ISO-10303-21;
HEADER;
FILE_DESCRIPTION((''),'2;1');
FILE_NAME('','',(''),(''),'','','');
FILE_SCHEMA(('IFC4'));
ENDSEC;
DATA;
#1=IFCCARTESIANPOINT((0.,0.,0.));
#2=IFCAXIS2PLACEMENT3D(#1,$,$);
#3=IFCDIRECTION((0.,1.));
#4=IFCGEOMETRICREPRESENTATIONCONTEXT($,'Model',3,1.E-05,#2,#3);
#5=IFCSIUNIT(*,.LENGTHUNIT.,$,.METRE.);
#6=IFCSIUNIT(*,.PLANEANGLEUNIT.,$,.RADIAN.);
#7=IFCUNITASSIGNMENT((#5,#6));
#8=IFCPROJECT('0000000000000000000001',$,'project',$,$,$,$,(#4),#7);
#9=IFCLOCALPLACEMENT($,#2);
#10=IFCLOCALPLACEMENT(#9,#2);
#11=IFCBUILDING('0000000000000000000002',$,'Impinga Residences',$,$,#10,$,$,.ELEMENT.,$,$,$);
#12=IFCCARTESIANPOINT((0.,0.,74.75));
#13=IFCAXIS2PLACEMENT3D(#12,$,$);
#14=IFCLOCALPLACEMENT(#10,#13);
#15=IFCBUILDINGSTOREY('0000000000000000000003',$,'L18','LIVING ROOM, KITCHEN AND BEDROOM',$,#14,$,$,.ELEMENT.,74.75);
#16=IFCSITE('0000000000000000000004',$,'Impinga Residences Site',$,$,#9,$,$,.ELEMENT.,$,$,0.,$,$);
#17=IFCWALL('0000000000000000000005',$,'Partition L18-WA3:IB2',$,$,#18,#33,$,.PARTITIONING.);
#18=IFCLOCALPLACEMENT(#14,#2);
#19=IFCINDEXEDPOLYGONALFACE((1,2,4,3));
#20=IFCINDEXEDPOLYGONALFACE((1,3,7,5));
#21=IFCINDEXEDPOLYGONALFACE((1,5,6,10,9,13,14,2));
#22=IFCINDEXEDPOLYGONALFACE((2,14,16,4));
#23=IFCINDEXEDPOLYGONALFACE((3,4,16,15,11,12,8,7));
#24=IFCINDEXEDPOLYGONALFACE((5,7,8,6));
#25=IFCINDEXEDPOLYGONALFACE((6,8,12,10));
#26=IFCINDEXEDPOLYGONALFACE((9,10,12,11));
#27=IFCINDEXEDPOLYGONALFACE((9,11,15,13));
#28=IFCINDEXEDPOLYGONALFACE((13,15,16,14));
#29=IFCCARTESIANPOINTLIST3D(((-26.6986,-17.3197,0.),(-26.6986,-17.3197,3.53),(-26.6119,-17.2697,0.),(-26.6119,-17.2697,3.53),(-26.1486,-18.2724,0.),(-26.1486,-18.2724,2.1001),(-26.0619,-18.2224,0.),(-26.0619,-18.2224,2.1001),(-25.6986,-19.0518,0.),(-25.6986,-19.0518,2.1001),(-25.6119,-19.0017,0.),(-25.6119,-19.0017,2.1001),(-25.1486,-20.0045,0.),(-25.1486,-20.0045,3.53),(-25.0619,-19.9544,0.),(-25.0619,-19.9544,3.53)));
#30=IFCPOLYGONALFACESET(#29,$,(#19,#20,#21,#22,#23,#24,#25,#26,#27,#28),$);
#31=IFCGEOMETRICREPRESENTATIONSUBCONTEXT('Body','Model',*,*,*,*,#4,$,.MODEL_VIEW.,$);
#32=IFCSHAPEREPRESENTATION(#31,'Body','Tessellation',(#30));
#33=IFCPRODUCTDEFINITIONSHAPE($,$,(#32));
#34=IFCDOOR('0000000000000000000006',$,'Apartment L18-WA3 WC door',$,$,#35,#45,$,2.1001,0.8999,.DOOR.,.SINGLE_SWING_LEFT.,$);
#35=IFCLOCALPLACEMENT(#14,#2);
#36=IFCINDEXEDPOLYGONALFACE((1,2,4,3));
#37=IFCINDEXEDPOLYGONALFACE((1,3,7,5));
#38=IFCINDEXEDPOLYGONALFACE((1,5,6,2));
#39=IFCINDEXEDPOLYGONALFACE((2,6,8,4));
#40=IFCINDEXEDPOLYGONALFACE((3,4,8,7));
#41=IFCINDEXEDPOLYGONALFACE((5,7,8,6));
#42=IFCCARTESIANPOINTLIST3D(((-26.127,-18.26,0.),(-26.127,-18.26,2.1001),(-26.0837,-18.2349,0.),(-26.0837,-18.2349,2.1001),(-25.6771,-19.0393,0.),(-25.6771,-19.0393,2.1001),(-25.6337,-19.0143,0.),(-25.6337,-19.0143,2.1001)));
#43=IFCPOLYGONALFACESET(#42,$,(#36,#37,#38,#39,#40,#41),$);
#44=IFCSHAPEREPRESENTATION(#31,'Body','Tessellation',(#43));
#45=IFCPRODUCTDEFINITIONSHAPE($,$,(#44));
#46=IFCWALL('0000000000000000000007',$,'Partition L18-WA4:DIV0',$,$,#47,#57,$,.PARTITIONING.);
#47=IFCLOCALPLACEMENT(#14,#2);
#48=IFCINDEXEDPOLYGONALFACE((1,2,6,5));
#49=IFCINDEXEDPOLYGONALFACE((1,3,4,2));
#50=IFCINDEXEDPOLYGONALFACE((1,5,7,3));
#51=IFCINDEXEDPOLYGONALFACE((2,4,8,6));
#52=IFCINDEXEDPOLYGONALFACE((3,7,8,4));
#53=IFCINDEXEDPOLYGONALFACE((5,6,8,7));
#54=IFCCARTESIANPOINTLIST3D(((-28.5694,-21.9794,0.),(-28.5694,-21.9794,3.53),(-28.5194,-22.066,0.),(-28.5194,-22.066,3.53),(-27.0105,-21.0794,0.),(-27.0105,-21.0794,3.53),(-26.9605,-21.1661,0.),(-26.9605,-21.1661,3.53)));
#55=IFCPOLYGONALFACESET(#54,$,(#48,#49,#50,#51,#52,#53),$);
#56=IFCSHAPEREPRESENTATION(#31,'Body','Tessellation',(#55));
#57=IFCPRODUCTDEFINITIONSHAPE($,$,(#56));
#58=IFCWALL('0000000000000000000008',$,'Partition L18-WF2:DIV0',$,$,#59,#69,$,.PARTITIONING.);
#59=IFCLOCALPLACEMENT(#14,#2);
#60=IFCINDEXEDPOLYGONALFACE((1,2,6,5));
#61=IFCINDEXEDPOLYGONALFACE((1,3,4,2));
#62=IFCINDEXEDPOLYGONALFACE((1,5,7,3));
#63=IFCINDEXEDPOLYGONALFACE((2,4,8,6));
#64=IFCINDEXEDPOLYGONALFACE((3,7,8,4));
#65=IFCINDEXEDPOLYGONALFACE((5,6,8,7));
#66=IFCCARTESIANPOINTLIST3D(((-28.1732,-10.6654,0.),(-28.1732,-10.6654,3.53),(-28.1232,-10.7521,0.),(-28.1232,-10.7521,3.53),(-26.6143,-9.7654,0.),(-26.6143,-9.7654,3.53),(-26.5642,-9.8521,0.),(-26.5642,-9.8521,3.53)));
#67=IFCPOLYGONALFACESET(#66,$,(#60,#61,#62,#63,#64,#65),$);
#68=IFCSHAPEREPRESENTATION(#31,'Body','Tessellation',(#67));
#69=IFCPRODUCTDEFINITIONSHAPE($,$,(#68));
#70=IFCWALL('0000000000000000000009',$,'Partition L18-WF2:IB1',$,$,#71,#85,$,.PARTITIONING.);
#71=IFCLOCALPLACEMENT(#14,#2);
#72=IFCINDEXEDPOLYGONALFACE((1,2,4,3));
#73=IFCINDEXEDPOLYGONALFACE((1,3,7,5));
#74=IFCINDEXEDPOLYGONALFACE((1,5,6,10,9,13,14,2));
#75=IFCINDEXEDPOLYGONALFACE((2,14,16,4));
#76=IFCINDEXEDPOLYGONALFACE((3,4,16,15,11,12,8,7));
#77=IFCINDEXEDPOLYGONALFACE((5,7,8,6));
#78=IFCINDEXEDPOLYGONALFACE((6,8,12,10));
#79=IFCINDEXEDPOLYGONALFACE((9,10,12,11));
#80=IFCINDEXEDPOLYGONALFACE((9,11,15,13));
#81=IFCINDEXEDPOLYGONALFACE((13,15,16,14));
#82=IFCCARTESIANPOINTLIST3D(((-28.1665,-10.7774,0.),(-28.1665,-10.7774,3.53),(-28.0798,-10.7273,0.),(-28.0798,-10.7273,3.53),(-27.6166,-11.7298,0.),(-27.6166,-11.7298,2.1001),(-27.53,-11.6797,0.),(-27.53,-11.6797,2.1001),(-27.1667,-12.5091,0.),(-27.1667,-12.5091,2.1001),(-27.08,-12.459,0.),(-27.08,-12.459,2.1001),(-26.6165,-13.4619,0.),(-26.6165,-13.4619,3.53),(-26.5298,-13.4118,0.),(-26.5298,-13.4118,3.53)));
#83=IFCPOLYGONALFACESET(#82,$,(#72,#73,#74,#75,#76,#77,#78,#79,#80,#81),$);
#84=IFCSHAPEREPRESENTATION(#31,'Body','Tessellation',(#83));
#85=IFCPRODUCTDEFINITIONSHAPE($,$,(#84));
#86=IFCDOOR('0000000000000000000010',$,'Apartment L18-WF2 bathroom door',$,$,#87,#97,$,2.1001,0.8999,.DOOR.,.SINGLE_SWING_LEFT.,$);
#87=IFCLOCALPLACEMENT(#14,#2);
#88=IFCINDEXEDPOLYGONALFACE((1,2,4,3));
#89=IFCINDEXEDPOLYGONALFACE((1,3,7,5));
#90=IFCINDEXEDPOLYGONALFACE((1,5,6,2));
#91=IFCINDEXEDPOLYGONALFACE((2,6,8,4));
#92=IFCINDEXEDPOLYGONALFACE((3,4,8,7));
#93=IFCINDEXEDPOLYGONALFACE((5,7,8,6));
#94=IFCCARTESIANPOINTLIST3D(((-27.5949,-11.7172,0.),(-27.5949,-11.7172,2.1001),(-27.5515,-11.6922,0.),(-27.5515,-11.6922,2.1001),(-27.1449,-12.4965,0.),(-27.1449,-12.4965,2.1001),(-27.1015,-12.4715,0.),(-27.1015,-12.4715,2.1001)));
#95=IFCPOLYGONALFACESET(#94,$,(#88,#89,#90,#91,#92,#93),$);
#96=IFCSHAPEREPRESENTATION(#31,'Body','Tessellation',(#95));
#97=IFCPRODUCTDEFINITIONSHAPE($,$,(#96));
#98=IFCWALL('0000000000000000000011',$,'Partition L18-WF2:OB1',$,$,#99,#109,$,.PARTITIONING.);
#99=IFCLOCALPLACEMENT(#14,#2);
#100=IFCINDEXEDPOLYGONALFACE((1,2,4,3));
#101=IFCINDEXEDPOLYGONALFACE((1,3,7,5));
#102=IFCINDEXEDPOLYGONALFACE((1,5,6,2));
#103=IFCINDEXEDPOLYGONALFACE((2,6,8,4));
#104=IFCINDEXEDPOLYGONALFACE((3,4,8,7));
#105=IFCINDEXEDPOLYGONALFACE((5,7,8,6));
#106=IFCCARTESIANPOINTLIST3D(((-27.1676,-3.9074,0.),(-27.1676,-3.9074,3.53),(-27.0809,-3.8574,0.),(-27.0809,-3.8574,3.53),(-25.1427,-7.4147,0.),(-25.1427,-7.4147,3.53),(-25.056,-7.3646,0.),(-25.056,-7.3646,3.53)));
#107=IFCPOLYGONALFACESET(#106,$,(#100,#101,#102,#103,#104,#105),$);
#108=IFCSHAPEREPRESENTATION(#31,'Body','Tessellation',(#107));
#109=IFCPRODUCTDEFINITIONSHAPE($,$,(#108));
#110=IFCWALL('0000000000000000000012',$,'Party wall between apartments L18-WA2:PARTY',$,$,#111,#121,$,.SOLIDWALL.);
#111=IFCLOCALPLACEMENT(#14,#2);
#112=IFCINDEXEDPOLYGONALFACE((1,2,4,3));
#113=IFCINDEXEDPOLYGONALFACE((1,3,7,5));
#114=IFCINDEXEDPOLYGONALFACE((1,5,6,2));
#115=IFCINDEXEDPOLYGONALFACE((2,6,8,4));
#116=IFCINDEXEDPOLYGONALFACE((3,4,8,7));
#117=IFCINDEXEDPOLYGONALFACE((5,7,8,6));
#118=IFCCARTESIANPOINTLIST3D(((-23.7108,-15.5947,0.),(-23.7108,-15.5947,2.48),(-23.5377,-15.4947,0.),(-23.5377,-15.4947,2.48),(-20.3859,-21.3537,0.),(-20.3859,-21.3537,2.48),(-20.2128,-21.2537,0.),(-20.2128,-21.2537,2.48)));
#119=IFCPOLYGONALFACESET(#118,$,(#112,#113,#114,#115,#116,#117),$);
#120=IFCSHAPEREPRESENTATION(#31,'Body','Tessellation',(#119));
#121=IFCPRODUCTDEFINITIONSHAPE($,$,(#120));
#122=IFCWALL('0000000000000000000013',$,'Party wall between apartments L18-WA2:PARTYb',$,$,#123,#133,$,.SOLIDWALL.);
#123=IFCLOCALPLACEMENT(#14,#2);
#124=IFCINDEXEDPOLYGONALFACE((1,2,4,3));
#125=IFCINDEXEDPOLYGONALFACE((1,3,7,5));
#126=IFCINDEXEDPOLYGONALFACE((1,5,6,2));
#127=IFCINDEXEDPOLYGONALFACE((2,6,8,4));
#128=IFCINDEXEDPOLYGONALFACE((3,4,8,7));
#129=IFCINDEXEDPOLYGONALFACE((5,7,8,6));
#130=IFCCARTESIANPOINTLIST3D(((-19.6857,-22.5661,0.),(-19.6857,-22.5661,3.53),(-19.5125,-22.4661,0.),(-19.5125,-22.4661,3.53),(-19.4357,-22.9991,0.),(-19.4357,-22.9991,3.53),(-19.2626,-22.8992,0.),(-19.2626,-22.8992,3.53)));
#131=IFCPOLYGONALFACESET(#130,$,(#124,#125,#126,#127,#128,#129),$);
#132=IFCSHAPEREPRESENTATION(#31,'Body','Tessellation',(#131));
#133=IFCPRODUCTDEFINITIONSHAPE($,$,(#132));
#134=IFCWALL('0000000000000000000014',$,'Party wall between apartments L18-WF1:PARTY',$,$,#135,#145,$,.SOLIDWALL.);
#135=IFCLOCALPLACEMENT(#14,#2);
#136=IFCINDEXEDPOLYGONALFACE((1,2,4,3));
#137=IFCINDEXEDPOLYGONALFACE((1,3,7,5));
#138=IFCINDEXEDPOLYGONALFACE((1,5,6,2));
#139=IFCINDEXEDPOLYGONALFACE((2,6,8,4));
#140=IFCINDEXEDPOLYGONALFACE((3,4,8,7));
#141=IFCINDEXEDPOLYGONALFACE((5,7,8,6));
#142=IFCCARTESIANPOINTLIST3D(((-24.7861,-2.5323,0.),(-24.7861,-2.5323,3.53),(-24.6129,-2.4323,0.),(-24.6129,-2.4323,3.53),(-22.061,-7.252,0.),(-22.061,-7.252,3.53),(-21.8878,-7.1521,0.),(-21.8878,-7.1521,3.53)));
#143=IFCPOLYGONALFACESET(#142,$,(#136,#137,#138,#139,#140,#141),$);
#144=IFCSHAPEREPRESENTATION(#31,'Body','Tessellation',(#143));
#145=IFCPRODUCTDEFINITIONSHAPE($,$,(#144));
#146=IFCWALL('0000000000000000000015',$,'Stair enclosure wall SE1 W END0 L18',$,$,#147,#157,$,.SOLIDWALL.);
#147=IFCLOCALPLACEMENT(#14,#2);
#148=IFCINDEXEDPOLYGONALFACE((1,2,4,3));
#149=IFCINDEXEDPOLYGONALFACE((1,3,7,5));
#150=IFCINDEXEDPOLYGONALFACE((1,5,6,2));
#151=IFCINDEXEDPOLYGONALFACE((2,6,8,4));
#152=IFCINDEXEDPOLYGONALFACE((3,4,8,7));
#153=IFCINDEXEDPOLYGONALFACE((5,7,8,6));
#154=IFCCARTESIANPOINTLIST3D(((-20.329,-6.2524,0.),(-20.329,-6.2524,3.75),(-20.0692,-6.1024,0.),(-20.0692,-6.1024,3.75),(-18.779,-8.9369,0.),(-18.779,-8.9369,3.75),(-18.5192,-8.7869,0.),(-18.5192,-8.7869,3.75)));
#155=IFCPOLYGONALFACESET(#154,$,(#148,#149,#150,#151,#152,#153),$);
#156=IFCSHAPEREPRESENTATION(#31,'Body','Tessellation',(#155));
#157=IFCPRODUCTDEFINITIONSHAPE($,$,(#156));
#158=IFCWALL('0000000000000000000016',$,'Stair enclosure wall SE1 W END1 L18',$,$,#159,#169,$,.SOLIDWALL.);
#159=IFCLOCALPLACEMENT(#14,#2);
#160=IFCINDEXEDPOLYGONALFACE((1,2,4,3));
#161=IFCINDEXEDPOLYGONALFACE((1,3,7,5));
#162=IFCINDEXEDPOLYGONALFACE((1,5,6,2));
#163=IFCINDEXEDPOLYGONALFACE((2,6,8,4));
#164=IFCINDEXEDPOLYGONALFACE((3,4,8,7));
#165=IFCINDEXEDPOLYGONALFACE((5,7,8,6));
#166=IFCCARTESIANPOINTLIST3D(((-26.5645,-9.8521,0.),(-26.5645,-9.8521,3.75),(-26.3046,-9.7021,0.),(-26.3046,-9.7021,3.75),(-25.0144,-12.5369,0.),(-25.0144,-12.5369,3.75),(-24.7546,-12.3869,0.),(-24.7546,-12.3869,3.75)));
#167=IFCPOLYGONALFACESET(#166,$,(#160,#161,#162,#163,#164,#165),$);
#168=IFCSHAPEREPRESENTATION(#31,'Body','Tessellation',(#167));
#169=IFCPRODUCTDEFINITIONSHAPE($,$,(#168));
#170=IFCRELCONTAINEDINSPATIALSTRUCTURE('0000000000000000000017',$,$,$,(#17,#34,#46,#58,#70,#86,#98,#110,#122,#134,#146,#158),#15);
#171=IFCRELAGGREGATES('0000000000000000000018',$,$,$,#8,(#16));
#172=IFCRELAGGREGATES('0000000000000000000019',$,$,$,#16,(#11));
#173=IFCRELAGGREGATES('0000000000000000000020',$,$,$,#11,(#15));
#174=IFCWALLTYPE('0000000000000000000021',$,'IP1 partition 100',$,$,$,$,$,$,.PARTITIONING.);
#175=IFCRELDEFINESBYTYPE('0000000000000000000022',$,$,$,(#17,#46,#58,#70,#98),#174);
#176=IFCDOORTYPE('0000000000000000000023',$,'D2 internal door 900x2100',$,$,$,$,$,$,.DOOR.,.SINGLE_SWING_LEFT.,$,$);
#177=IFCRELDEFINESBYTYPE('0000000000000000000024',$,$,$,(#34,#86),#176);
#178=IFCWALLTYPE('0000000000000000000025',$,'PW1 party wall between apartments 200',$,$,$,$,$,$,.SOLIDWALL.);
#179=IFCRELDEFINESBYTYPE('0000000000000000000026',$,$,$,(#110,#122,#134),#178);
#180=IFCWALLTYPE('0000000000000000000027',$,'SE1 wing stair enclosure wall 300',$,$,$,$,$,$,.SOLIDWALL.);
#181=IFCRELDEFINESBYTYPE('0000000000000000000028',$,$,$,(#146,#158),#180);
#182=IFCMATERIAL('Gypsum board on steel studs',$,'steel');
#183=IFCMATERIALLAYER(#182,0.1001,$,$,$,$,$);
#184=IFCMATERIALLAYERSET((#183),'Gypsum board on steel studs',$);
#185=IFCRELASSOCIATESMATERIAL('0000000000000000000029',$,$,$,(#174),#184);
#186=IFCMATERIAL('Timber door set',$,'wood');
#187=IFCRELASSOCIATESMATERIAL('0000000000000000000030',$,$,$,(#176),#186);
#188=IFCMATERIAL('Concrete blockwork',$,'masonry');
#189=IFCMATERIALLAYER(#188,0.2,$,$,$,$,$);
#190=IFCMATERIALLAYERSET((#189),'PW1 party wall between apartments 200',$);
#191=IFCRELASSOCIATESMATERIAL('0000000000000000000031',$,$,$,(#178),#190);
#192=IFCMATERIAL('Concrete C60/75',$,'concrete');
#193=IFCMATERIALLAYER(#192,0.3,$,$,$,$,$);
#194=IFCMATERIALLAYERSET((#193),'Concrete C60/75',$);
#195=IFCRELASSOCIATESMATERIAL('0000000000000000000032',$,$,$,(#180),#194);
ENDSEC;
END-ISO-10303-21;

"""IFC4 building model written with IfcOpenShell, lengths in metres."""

from ifc_helpers import new_model, si_unit, direction, frame, frame_2d, origin, place, context, subcontext, project, spatial, rectangle, extrude, material, layer, layer_set, type_object, element, fill, save


model = new_model("IFC4")

# Units and contexts
model_context = context("Model", 3, precision=1e-05, world=origin(), true_north=direction((0.0, 1.0)))
body_context = subcontext(model_context, "Body", "Model", "MODEL_VIEW")
ifc_project = project(units=[si_unit("LENGTHUNIT", "METRE"), si_unit("PLANEANGLEUNIT", "RADIAN")], contexts=[model_context])

# Site, building, storey
site_placement = place(None, origin())
site = spatial("IfcSite", under=ifc_project, at=site_placement, Name="Impinga Residences Site", CompositionType="ELEMENT", RefElevation=0.0)
building_placement = place(site_placement, origin())
building = spatial("IfcBuilding", under=site, at=building_placement, Name="Impinga Residences", CompositionType="ELEMENT")
storey_placement = place(building_placement, frame((0.0, 0.0, 74.75)))
storey = spatial("IfcBuildingStorey", under=building, at=storey_placement, Name="L18", Description="LIVING ROOM, KITCHEN AND BEDROOM", CompositionType="ELEMENT", Elevation=74.75)

# Shared definitions
ifc_material_1 = material(Name="Concrete C60/75", Category="concrete")

# Shared definitions
ifc_material_2 = material(Name="Gypsum board on steel studs", Category="steel")
ifc_layer_1 = layer(ifc_material_2, 0.1001)
ifc_layer_set_1 = layer_set([ifc_layer_1], Name="Gypsum board on steel studs")
wall_type_1 = type_object("IfcWallType", Name="IP1 partition 100", PredefinedType="PARTITIONING", material=ifc_layer_set_1)

# Shared definitions
ifc_material_3 = material(Name="Timber door set", Category="wood")
door_type = type_object("IfcDoorType", Name="D2 internal door 900x2100", OperationType="SINGLE_SWING_LEFT", PredefinedType="DOOR", material=ifc_material_3)

# Wall, opening, door
wall_1_placement = place(storey_placement, frame((-26.6553, -17.2947, 0.0), z_axis=(0.0, 0.0, 1.0), x_axis=(0.499993, -0.86603, 0.0)))
wall_1 = element("IfcWall", 1, at=wall_1_placement, inside=storey, type_object=wall_type_1, Name="Partition L18-WA3:IB2", PredefinedType="PARTITIONING", context=body_context, shape_type="SweptSolid", body=[
    extrude(rectangle(XDim=3.1001, YDim=0.1001, at=frame_2d((1.55, 0.0))), origin(), (0.0, 0.0, 1.0), 3.53),
])
opening_1_placement = place(wall_1_placement, frame((1.1001, 0.0, 0.0)))
opening_1 = element("IfcOpeningElement", 2, at=opening_1_placement, cuts=wall_1, PredefinedType="OPENING", context=body_context, shape_type="SweptSolid", body=[
    extrude(rectangle(XDim=0.8999, YDim=2.1001, at=frame_2d((0.45, 1.05))), frame((0.0, 0.0601, 0.0), z_axis=(0.0, -1.0, 0.0), x_axis=(1.0, 0.0, 0.0)), (0.0, 0.0, 1.0), 0.1201),
])
door_1_placement = place(opening_1_placement, origin())
door_1 = element("IfcDoor", 3, at=door_1_placement, inside=storey, type_object=door_type, Name="Apartment L18-WA3 WC door", OperationType="SINGLE_SWING_LEFT", OverallHeight=2.1001, OverallWidth=0.8999, PredefinedType="DOOR", context=body_context, shape_type="SweptSolid", body=[
    extrude(rectangle(XDim=0.8999, YDim=2.1001, at=frame_2d((0.45, 1.05))), frame((0.0, 0.0249, 0.0), z_axis=(0.0, -1.0, 0.0), x_axis=(1.0, 0.0, 0.0)), (0.0, 0.0, 1.0), 0.05),
])
fill(opening_1, door_1)

# Walls
for number, where, z_axis, x_axis, name in (
    (4, (-26.9856, -21.1228, 0.0), (0.0, 0.0, 1.0), (-0.866048, -0.499961, 0.0), "Partition L18-WA4:DIV0"),
    (5, (-26.5894, -9.8088, 0.0), (0.0, 0.0, 1.0), (-0.866048, -0.499961, 0.0), "Partition L18-WF2:DIV0"),
):
    element("IfcWall", number, at=place(storey_placement, frame(where, z_axis=z_axis, x_axis=x_axis)), inside=storey, type_object=wall_type_1, Name=name, PredefinedType="PARTITIONING", context=body_context, shape_type="SweptSolid", body=[
        extrude(rectangle(XDim=1.8, YDim=0.1001, at=frame_2d((0.8999, 0.0))), origin(), (0.0, 0.0, 1.0), 3.53),
    ])

# Wall, opening, door
wall_2_placement = place(storey_placement, frame((-26.5732, -13.4368, 0.0), z_axis=(0.0, 0.0, 1.0), x_axis=(-0.500027, 0.86601, 0.0)))
wall_2 = element("IfcWall", 6, at=wall_2_placement, inside=storey, type_object=wall_type_1, Name="Partition L18-WF2:IB1", PredefinedType="PARTITIONING", context=body_context, shape_type="SweptSolid", body=[
    extrude(rectangle(XDim=3.0999, YDim=0.1001, at=frame_2d((1.5498, 0.0))), origin(), (0.0, 0.0, 1.0), 3.53),
])
opening_2_placement = place(wall_2_placement, frame((1.1001, 0.0, 0.0)))
opening_2 = element("IfcOpeningElement", 7, at=opening_2_placement, cuts=wall_2, PredefinedType="OPENING", context=body_context, shape_type="SweptSolid", body=[
    extrude(rectangle(XDim=0.8999, YDim=2.1001, at=frame_2d((0.45, 1.05))), frame((0.0, 0.0601, 0.0), z_axis=(0.0, -1.0, 0.0), x_axis=(1.0, 0.0, 0.0)), (0.0, 0.0, 1.0), 0.1201),
])
door_2_placement = place(opening_2_placement, origin())
door_2 = element("IfcDoor", 8, at=door_2_placement, inside=storey, type_object=door_type, Name="Apartment L18-WF2 bathroom door", OperationType="SINGLE_SWING_LEFT", OverallHeight=2.1001, OverallWidth=0.8999, PredefinedType="DOOR", context=body_context, shape_type="SweptSolid", body=[
    extrude(rectangle(XDim=0.8999, YDim=2.1001, at=frame_2d((0.45, 1.05))), frame((0.0, 0.0249, 0.0), z_axis=(0.0, -1.0, 0.0), x_axis=(1.0, 0.0, 0.0)), (0.0, 0.0, 1.0), 0.05),
])
fill(opening_2, door_2)

# Walls
wall_3_placement = place(storey_placement, frame((-25.0994, -7.3896, 0.0), z_axis=(0.0, 0.0, 1.0), x_axis=(-0.49999, 0.866031, 0.0)))
element("IfcWall", 9, at=wall_3_placement, inside=storey, type_object=wall_type_1, Name="Partition L18-WF2:OB1", PredefinedType="PARTITIONING", context=body_context, shape_type="SweptSolid", body=[
    extrude(rectangle(XDim=4.0498, YDim=0.1001, at=frame_2d((2.0249, 0.0))), origin(), (0.0, 0.0, 1.0), 3.53),
])
ifc_material_4 = material(Name="Concrete blockwork", Category="masonry")
ifc_layer_2 = layer(ifc_material_4, 0.2)
ifc_layer_set_2 = layer_set([ifc_layer_2], Name="PW1 party wall between apartments 200")
wall_type_2 = type_object("IfcWallType", Name="PW1 party wall between apartments 200", PredefinedType="SOLIDWALL", material=ifc_layer_set_2)
wall_4_placement = place(storey_placement, frame((-23.6243, -15.5447, 0.0), z_axis=(0.0, 0.0, 1.0), x_axis=(0.499997, -0.866027, 0.0)))
element("IfcWall", 10, at=wall_4_placement, inside=storey, type_object=wall_type_2, Name="Party wall between apartments L18-WA2:PARTY", PredefinedType="SOLIDWALL", context=body_context, shape_type="SweptSolid", body=[
    extrude(rectangle(XDim=6.6499, YDim=0.2, at=frame_2d((3.325, 0.0))), origin(), (0.0, 0.0, 1.0), 2.48),
])
wall_5_placement = place(storey_placement, frame((-19.5991, -22.5161, 0.0), z_axis=(0.0, 0.0, 1.0), x_axis=(0.49992, -0.866072, 0.0)))
element("IfcWall", 11, at=wall_5_placement, inside=storey, type_object=wall_type_2, Name="Party wall between apartments L18-WA2:PARTYb", PredefinedType="SOLIDWALL", context=body_context, shape_type="SweptSolid", body=[
    extrude(rectangle(XDim=0.5, YDim=0.2, at=frame_2d((0.25, 0.0))), origin(), (0.0, 0.0, 1.0), 3.53),
])
wall_6_placement = place(storey_placement, frame((-21.9744, -7.2021, 0.0), z_axis=(0.0, 0.0, 1.0), x_axis=(-0.500022, 0.866013, 0.0)))
element("IfcWall", 12, at=wall_6_placement, inside=storey, type_object=wall_type_2, Name="Party wall between apartments L18-WF1:PARTY", PredefinedType="SOLIDWALL", context=body_context, shape_type="SweptSolid", body=[
    extrude(rectangle(XDim=5.45, YDim=0.2, at=frame_2d((2.7251, 0.0))), origin(), (0.0, 0.0, 1.0), 3.53),
])
ifc_layer_3 = layer(ifc_material_1, 0.3)
ifc_layer_set_3 = layer_set([ifc_layer_3], Name="Concrete C60/75")
wall_type_3 = type_object("IfcWallType", Name="SE1 wing stair enclosure wall 300", PredefinedType="SOLIDWALL", material=ifc_layer_set_3)
wall_7_placement = place(storey_placement, frame((-18.6492, -8.8618, 0.0), z_axis=(0.0, 0.0, 1.0), x_axis=(-0.500027, 0.86601, 0.0)))
element("IfcWall", 13, at=wall_7_placement, inside=storey, type_object=wall_type_3, Name="Stair enclosure wall SE1 W END0 L18", PredefinedType="SOLIDWALL", context=body_context, shape_type="SweptSolid", body=[
    extrude(rectangle(XDim=3.0999, YDim=0.3, at=frame_2d((1.5498, 0.0))), origin(), (0.0, 0.0, 1.0), 3.75),
])
wall_8_placement = place(storey_placement, frame((-24.8845, -12.4619, 0.0), z_axis=(0.0, 0.0, 1.0), x_axis=(-0.499993, 0.86603, 0.0)))
element("IfcWall", 14, at=wall_8_placement, inside=storey, type_object=wall_type_3, Name="Stair enclosure wall SE1 W END1 L18", PredefinedType="SOLIDWALL", context=body_context, shape_type="SweptSolid", body=[
    extrude(rectangle(XDim=3.1001, YDim=0.3, at=frame_2d((1.55, 0.0))), origin(), (0.0, 0.0, 1.0), 3.75),
])

save(model, "model.ifc")
